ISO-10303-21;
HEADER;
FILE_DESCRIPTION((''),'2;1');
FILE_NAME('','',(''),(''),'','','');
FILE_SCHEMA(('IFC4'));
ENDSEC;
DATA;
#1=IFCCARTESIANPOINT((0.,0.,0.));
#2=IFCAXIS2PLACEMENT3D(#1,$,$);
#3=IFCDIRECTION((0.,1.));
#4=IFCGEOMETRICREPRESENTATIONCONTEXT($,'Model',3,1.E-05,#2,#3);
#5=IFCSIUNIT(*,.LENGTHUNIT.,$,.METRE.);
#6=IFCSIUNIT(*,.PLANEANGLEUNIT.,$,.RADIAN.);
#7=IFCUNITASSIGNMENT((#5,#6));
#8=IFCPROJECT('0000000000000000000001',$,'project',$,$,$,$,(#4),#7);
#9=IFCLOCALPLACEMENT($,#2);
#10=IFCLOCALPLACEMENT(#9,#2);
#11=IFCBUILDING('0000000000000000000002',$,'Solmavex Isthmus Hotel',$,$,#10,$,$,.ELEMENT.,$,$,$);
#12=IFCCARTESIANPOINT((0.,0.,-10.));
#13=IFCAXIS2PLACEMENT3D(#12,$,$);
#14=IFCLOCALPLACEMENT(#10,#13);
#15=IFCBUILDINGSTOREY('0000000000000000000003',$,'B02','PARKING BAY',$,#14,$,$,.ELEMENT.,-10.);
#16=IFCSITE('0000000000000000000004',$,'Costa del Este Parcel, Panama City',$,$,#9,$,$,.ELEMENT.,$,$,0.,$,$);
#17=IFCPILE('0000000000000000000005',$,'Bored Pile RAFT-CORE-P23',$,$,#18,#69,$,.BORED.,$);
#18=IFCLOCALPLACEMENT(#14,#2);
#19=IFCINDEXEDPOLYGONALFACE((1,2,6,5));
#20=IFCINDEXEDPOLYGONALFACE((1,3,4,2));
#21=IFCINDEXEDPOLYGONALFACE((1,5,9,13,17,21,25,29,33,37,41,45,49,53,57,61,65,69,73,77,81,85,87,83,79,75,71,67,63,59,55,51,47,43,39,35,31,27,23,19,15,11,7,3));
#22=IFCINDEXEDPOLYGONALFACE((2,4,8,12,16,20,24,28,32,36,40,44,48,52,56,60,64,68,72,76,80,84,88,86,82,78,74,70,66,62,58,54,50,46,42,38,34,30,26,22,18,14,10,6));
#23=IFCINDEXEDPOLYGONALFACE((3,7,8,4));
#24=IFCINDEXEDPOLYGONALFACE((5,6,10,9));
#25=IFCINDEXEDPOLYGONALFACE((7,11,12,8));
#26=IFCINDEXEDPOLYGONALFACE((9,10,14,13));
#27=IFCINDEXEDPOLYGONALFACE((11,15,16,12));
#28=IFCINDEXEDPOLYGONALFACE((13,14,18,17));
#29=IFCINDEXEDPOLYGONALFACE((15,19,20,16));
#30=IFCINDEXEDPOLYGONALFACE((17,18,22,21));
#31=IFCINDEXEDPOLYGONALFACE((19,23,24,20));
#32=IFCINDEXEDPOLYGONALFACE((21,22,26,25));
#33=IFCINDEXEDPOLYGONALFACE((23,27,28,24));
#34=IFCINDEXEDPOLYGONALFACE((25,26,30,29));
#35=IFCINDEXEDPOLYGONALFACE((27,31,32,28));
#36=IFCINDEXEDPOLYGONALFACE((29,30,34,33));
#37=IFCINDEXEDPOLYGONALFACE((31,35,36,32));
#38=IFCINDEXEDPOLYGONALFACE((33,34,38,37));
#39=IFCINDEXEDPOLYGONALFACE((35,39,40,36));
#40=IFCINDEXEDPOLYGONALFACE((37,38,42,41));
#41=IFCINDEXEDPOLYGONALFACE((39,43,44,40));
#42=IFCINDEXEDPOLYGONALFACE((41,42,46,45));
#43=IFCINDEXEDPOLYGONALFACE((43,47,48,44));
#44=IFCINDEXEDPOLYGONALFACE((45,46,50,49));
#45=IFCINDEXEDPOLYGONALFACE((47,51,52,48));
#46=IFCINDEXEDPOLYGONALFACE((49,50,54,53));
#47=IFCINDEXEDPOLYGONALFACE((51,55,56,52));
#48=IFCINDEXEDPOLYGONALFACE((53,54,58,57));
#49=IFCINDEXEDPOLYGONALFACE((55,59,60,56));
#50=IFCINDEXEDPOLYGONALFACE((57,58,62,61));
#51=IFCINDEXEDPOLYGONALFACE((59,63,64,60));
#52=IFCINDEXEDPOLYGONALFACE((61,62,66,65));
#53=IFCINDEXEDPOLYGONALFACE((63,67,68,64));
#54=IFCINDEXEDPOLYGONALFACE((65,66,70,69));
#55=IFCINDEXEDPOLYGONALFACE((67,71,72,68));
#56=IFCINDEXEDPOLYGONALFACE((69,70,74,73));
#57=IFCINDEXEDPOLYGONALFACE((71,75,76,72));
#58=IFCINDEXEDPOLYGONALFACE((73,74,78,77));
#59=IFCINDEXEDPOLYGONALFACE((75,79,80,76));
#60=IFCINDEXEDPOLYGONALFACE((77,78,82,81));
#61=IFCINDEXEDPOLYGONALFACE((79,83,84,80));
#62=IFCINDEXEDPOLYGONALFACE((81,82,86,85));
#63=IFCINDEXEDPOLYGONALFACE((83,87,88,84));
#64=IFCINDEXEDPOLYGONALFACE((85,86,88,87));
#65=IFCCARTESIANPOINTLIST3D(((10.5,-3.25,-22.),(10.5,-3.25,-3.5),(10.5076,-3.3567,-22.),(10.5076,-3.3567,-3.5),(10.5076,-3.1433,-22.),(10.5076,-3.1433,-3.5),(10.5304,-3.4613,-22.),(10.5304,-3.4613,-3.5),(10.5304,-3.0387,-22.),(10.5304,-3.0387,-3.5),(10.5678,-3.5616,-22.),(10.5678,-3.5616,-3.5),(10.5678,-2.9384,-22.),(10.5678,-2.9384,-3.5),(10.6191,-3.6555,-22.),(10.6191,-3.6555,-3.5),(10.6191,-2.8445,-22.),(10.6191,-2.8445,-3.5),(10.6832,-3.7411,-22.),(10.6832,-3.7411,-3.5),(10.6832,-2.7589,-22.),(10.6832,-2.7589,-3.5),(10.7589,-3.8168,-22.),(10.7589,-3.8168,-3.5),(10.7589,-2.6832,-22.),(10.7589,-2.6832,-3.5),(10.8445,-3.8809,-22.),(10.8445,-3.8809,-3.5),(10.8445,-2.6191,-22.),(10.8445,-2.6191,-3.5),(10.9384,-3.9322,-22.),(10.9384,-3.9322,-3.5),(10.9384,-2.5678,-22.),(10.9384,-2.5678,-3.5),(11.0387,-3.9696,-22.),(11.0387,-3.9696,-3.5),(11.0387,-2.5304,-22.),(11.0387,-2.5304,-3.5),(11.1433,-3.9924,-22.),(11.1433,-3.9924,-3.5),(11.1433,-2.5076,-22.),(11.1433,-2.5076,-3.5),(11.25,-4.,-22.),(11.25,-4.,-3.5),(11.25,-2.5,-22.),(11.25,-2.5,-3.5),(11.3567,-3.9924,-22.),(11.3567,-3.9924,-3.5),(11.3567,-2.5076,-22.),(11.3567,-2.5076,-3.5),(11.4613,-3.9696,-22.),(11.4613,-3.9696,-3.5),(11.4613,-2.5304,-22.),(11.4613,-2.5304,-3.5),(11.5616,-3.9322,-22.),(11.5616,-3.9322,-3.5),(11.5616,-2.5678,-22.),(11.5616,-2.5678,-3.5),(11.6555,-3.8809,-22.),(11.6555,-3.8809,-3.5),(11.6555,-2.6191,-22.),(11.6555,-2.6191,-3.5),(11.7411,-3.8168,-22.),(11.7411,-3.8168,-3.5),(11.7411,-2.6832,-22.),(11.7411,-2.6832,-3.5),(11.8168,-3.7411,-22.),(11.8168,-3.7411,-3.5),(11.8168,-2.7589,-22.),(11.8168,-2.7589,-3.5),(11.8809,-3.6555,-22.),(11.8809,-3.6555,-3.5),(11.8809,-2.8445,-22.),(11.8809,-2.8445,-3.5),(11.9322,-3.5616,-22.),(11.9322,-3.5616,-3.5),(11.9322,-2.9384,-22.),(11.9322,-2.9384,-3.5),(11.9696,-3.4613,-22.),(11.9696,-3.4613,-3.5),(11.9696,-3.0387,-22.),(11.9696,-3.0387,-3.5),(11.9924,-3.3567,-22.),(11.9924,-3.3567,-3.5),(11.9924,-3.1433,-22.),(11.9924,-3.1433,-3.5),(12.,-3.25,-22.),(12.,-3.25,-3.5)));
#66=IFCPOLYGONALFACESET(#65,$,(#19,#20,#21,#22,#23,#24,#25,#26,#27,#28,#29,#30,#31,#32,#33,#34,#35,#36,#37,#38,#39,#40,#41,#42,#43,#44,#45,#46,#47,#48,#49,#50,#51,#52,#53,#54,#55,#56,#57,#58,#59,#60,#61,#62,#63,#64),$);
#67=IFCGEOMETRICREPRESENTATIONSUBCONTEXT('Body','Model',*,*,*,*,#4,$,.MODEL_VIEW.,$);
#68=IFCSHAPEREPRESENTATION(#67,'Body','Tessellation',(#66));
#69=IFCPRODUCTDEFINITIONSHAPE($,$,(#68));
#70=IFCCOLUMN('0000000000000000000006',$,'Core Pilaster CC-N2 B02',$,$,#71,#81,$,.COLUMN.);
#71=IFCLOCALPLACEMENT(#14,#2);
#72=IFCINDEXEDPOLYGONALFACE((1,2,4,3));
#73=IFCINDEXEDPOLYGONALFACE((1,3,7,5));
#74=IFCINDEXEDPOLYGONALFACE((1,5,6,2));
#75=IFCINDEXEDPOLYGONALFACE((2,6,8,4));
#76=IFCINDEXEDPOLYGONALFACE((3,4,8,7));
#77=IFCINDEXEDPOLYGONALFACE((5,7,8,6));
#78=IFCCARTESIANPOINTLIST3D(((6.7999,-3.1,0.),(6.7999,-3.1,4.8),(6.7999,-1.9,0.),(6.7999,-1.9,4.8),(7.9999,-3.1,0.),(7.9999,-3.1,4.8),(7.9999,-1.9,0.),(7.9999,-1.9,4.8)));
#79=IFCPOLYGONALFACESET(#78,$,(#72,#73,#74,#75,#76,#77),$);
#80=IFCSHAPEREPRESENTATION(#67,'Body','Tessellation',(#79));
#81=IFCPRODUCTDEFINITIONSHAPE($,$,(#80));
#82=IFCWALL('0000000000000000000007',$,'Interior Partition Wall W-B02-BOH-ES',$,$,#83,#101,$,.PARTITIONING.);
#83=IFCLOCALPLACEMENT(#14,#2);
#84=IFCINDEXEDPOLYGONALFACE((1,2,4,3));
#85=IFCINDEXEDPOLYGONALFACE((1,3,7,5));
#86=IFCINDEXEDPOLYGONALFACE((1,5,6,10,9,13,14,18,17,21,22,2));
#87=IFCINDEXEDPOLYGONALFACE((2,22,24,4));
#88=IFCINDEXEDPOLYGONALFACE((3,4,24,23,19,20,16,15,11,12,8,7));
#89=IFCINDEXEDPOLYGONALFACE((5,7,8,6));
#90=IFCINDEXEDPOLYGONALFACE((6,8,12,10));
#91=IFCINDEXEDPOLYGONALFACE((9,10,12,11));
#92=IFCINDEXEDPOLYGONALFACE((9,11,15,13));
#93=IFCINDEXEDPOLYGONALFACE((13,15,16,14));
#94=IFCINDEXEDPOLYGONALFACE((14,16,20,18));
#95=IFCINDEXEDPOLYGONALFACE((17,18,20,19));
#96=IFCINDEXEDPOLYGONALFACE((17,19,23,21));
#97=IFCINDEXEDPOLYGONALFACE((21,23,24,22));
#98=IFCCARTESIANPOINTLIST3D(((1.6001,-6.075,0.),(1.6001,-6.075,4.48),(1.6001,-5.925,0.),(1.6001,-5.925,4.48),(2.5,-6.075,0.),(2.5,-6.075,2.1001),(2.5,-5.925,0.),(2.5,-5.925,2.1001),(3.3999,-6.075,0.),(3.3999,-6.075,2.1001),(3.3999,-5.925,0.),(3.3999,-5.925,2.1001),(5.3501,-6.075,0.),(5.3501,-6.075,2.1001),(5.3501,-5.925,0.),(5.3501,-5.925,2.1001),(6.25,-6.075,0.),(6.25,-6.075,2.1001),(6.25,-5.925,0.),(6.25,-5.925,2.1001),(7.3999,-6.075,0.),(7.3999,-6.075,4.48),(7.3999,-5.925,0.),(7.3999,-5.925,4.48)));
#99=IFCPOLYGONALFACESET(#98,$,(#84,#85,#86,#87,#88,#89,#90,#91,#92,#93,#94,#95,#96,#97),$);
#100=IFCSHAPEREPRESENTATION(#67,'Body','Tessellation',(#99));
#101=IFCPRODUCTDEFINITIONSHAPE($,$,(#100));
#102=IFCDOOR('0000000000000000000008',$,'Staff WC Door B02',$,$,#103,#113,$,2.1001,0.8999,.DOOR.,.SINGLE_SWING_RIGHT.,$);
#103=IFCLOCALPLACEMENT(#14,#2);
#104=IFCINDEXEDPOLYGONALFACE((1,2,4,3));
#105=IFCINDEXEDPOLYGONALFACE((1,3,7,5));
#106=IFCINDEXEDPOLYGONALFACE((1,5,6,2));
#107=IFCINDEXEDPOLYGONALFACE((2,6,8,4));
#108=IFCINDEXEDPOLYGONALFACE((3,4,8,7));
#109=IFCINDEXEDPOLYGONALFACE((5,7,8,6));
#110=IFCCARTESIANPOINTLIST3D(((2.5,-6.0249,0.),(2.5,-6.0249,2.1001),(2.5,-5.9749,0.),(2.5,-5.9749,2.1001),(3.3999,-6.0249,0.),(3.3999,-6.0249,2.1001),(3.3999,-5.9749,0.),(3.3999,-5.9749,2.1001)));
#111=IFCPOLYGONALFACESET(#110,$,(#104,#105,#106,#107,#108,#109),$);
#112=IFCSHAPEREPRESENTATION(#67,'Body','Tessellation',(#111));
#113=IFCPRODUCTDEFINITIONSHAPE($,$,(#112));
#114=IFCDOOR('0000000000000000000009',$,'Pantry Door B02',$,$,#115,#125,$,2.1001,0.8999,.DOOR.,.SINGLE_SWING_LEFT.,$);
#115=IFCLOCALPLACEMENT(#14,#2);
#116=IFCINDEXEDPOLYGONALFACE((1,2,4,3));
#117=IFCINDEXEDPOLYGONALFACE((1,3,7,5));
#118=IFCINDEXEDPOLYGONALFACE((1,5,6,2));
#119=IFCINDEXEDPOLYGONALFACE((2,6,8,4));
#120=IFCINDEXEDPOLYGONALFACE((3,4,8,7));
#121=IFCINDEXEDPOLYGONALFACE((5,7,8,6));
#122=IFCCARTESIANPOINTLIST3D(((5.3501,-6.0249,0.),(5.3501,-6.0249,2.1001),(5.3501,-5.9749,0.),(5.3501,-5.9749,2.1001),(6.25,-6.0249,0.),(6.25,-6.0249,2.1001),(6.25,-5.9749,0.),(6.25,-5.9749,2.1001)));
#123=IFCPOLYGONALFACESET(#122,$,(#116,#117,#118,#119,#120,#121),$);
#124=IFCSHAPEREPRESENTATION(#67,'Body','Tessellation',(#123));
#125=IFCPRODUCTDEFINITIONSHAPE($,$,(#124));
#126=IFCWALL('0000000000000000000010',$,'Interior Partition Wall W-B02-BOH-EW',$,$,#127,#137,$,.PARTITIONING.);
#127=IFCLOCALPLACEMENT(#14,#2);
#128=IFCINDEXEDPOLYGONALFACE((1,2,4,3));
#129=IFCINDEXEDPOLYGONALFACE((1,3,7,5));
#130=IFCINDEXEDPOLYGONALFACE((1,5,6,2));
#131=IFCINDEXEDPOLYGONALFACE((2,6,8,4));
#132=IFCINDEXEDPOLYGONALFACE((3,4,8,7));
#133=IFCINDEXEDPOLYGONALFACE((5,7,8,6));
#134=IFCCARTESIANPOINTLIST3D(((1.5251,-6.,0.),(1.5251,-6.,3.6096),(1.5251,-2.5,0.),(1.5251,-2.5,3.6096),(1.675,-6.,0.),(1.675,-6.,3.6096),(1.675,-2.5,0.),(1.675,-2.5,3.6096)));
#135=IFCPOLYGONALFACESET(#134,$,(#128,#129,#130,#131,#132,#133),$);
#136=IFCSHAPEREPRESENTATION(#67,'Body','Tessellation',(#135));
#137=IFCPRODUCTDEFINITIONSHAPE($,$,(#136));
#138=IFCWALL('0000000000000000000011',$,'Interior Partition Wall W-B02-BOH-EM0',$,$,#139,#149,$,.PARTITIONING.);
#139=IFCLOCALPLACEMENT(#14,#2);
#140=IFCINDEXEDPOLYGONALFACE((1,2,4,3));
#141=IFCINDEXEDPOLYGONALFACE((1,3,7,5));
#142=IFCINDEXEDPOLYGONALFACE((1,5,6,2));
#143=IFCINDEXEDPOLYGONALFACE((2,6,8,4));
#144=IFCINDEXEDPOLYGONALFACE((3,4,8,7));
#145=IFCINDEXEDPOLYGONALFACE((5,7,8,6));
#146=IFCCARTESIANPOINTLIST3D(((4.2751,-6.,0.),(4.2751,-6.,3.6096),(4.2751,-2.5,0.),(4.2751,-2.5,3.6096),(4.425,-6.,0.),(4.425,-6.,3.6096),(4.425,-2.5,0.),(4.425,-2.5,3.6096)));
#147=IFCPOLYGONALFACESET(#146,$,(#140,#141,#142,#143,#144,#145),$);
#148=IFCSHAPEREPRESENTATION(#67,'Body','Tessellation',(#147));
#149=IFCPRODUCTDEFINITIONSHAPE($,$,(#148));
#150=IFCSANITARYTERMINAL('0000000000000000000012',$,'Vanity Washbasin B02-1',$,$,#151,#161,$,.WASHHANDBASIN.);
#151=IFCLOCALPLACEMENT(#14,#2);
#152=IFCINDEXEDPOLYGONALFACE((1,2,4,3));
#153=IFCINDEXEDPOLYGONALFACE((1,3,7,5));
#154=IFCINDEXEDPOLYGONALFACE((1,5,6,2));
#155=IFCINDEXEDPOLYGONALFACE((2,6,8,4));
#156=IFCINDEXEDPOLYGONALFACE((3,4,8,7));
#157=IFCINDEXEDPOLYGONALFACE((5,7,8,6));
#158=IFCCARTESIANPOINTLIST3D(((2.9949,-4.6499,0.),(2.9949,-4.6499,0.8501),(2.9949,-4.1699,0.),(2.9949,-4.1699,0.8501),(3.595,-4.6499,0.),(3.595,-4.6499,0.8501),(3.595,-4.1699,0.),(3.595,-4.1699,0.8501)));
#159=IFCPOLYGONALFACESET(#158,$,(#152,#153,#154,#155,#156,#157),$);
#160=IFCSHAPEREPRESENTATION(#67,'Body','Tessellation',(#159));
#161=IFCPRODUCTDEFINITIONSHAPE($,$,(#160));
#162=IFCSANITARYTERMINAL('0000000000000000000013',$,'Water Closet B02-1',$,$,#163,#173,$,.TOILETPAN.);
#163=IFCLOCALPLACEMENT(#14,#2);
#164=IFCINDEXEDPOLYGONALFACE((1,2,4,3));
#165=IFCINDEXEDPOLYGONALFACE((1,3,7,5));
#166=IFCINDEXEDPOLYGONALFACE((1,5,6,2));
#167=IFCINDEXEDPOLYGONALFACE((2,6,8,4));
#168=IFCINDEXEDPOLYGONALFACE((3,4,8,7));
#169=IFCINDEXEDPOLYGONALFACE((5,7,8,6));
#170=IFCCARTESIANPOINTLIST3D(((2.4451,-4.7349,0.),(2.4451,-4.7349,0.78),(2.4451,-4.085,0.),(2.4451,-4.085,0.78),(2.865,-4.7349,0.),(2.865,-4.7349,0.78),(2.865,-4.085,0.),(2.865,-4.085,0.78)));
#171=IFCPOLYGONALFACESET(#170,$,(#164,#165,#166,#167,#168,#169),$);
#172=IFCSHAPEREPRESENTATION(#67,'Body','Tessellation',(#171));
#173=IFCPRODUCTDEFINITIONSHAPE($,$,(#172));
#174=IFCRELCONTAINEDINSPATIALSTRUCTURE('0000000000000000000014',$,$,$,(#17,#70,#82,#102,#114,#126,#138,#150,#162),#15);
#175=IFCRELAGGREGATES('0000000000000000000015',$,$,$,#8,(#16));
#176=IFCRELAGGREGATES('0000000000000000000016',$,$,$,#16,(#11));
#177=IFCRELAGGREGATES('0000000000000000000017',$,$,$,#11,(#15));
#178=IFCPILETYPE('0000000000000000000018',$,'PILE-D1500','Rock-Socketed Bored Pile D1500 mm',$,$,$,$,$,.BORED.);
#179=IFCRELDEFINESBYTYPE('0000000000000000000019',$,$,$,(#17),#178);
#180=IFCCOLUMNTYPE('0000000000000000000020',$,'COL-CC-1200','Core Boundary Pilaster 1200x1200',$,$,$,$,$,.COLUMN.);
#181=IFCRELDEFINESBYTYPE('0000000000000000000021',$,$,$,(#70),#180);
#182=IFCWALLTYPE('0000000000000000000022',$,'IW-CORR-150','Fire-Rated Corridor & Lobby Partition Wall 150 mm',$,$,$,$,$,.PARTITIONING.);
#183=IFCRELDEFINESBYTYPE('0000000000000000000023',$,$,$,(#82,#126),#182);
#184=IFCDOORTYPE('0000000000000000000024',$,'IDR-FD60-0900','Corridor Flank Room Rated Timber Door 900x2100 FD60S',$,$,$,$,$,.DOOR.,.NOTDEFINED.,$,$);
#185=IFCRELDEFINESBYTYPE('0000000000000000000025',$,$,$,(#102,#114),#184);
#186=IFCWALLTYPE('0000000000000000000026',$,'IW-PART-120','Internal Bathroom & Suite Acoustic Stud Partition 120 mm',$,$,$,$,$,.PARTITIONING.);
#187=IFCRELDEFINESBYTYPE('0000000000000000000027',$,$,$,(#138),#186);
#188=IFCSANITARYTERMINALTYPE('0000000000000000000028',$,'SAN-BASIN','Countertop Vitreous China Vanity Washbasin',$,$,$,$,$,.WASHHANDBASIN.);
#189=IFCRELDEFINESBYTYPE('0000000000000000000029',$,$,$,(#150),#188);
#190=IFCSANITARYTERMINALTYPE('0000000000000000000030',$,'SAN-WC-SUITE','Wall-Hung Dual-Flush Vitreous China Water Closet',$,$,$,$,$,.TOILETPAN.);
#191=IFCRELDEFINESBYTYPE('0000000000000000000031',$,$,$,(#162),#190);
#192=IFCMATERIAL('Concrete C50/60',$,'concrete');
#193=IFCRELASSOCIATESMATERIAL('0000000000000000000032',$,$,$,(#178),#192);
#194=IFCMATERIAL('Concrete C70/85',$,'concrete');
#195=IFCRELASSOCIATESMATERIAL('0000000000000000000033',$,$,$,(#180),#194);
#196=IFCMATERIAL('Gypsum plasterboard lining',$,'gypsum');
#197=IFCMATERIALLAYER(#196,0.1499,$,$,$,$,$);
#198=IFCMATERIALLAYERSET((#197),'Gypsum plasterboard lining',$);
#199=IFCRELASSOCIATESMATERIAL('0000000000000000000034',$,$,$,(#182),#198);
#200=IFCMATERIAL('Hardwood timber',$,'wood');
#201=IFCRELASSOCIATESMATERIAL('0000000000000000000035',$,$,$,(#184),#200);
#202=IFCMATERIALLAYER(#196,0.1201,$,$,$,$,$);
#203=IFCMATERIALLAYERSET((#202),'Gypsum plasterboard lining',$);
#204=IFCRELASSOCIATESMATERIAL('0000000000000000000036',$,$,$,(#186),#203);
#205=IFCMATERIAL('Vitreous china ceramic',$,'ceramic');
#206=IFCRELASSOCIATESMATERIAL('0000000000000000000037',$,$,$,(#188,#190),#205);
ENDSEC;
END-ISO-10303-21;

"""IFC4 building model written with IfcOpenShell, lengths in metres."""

from ifc_helpers import new_model, si_unit, direction, frame, frame_2d, origin, origin_2d, place, context, subcontext, project, spatial, rectangle, circle, extrude, material, layer, layer_set, material_profile, profile_set, type_object, element, fill, save


model = new_model("IFC4")

# Units and contexts
model_context = context("Model", 3, precision=1e-05, world=origin(), true_north=direction((0.0, 1.0)))
body_context = subcontext(model_context, "Body", "Model", "MODEL_VIEW")
ifc_project = project(units=[si_unit("LENGTHUNIT", "METRE"), si_unit("PLANEANGLEUNIT", "RADIAN")], contexts=[model_context])

# Site, building, storey
site_placement = place(None, origin())
site = spatial("IfcSite", under=ifc_project, at=site_placement, Name="Costa del Este Parcel, Panama City", CompositionType="ELEMENT", RefElevation=0.0)
building_placement = place(site_placement, origin())
building = spatial("IfcBuilding", under=site, at=building_placement, Name="Solmavex Isthmus Hotel", CompositionType="ELEMENT")
storey_placement = place(building_placement, frame((0.0, 0.0, -10.0)))
storey = spatial("IfcBuildingStorey", under=building, at=storey_placement, Name="B02", Description="PARKING BAY", CompositionType="ELEMENT", Elevation=-10.0)

# Shared definitions
ifc_material_1 = material(Name="Concrete C50/60", Category="concrete")

# Pile
ifc_material_profile_1 = material_profile(ifc_material_1, circle(Radius=0.75, at=origin_2d()), Name="PILE1500")
ifc_profile_set_1 = profile_set([ifc_material_profile_1], Name="Concrete C50/60")
pile_type = type_object("IfcPileType", Name="PILE-D1500", Description="Rock-Socketed Bored Pile D1500 mm", PredefinedType="BORED", material=ifc_profile_set_1)
for number, where, z_axis, x_axis, name in (
    (1, (11.25, -3.25, -3.5), (0.0, 0.0, -1.0), (1.0, 0.0, 0.0), "Bored Pile RAFT-CORE-P23"),
):
    element("IfcPile", number, at=place(storey_placement, frame(where, z_axis=z_axis, x_axis=x_axis)), inside=storey, type_object=pile_type, Name=name, PredefinedType="BORED", context=body_context, shape_type="SweptSolid", body=[
        extrude(circle(Radius=0.75, at=origin_2d()), origin(), (0.0, 0.0, 1.0), 18.5),
    ])

# Column
ifc_material_2 = material(Name="Concrete C70/85", Category="concrete")
ifc_material_profile_2 = material_profile(ifc_material_2, rectangle(XDim=1.2, YDim=1.2, at=origin_2d()), Name="RC1200X1200")
ifc_profile_set_2 = profile_set([ifc_material_profile_2], Name="Concrete C70/85")
column_type = type_object("IfcColumnType", Name="COL-CC-1200", Description="Core Boundary Pilaster 1200x1200", PredefinedType="COLUMN", material=ifc_profile_set_2)
column_placement = place(storey_placement, frame((7.3999, -2.5, 0.0), z_axis=(0.0, 0.0, 1.0), x_axis=(1.0, 0.0, 0.0)))
element("IfcColumn", 2, at=column_placement, inside=storey, type_object=column_type, Name="Core Pilaster CC-N2 B02", PredefinedType="COLUMN", context=body_context, shape_type="SweptSolid", body=[
    extrude(rectangle(XDim=1.2, YDim=1.2, at=origin_2d()), origin(), (0.0, 0.0, 1.0), 4.8),
])

# Wall, openings, doors
ifc_material_3 = material(Name="Gypsum plasterboard lining", Category="gypsum")
ifc_layer_1 = layer(ifc_material_3, 0.1499)
ifc_layer_set_1 = layer_set([ifc_layer_1], Name="Gypsum plasterboard lining")
wall_type_1 = type_object("IfcWallType", Name="IW-CORR-150", Description="Fire-Rated Corridor & Lobby Partition Wall 150 mm", PredefinedType="PARTITIONING", material=ifc_layer_set_1)
wall_1_placement = place(storey_placement, frame((1.6001, -6.0, 0.0), z_axis=(0.0, 0.0, 1.0), x_axis=(1.0, 0.0, 0.0)))
wall_1 = element("IfcWall", 3, at=wall_1_placement, inside=storey, type_object=wall_type_1, Name="Interior Partition Wall W-B02-BOH-ES", PredefinedType="PARTITIONING", context=body_context, shape_type="SweptSolid", body=[
    extrude(rectangle(XDim=5.7998, YDim=0.1499, at=frame_2d((2.8999, 0.0))), origin(), (0.0, 0.0, 1.0), 4.48),
])
opening_1_placement = place(wall_1_placement, frame((0.8999, 0.0, 0.0)))
opening_1 = element("IfcOpeningElement", 4, at=opening_1_placement, cuts=wall_1, PredefinedType="OPENING", context=body_context, shape_type="SweptSolid", body=[
    extrude(rectangle(XDim=0.8999, YDim=2.1001, at=frame_2d((0.45, 1.05))), frame((0.0, 0.085, 0.0), z_axis=(0.0, -1.0, 0.0), x_axis=(1.0, 0.0, 0.0)), (0.0, 0.0, 1.0), 0.1699),
])
opening_2_placement = place(wall_1_placement, frame((3.75, 0.0, 0.0)))
opening_2 = element("IfcOpeningElement", 5, at=opening_2_placement, cuts=wall_1, PredefinedType="OPENING", context=body_context, shape_type="SweptSolid", body=[
    extrude(rectangle(XDim=0.8999, YDim=2.1001, at=frame_2d((0.45, 1.05))), frame((0.0, 0.085, 0.0), z_axis=(0.0, -1.0, 0.0), x_axis=(1.0, 0.0, 0.0)), (0.0, 0.0, 1.0), 0.1699),
])
ifc_material_4 = material(Name="Hardwood timber", Category="wood")
door_type = type_object("IfcDoorType", Name="IDR-FD60-0900", Description="Corridor Flank Room Rated Timber Door 900x2100 FD60S", OperationType="NOTDEFINED", PredefinedType="DOOR", material=ifc_material_4)
door_1_placement = place(opening_1_placement, frame((0.8999, 0.0, 0.0), z_axis=(0.0, 0.0, 1.0), x_axis=(-1.0, 0.0, 0.0)))
door_1 = element("IfcDoor", 6, at=door_1_placement, inside=storey, type_object=door_type, Name="Staff WC Door B02", OperationType="SINGLE_SWING_RIGHT", OverallHeight=2.1001, OverallWidth=0.8999, PredefinedType="DOOR", context=body_context, shape_type="SweptSolid", body=[
    extrude(rectangle(XDim=0.8999, YDim=2.1001, at=frame_2d((0.45, 1.05))), frame((0.0, 0.0249, 0.0), z_axis=(0.0, -1.0, 0.0), x_axis=(1.0, 0.0, 0.0)), (0.0, 0.0, 1.0), 0.05),
])
fill(opening_1, door_1)
door_2_placement = place(opening_2_placement, frame((0.8999, 0.0, 0.0), z_axis=(0.0, 0.0, 1.0), x_axis=(-1.0, 0.0, 0.0)))
door_2 = element("IfcDoor", 7, at=door_2_placement, inside=storey, type_object=door_type, Name="Pantry Door B02", OperationType="SINGLE_SWING_LEFT", OverallHeight=2.1001, OverallWidth=0.8999, PredefinedType="DOOR", context=body_context, shape_type="SweptSolid", body=[
    extrude(rectangle(XDim=0.8999, YDim=2.1001, at=frame_2d((0.45, 1.05))), frame((0.0, 0.0249, 0.0), z_axis=(0.0, -1.0, 0.0), x_axis=(1.0, 0.0, 0.0)), (0.0, 0.0, 1.0), 0.05),
])
fill(opening_2, door_2)

# Walls
wall_2_placement = place(storey_placement, frame((1.6001, -6.0, 0.0), z_axis=(0.0, 0.0, 1.0), x_axis=(0.0, 1.0, 0.0)))
element("IfcWall", 8, at=wall_2_placement, inside=storey, type_object=wall_type_1, Name="Interior Partition Wall W-B02-BOH-EW", PredefinedType="PARTITIONING", context=body_context, shape_type="SweptSolid", body=[
    extrude(rectangle(XDim=3.5, YDim=0.1499, at=frame_2d((1.75, 0.0))), origin(), (0.0, 0.0, 1.0), 3.6096),
])
ifc_layer_2 = layer(ifc_material_3, 0.1201)
ifc_layer_set_2 = layer_set([ifc_layer_2], Name="Gypsum plasterboard lining")
wall_type_2 = type_object("IfcWallType", Name="IW-PART-120", Description="Internal Bathroom & Suite Acoustic Stud Partition 120 mm", PredefinedType="PARTITIONING", material=ifc_layer_set_2)
wall_3_placement = place(storey_placement, frame((4.3501, -6.0, 0.0), z_axis=(0.0, 0.0, 1.0), x_axis=(0.0, 1.0, 0.0)))
element("IfcWall", 9, at=wall_3_placement, inside=storey, type_object=wall_type_2, Name="Interior Partition Wall W-B02-BOH-EM0", PredefinedType="PARTITIONING", context=body_context, shape_type="SweptSolid", body=[
    extrude(rectangle(XDim=3.5, YDim=0.1499, at=frame_2d((1.75, 0.0))), origin(), (0.0, 0.0, 1.0), 3.6096),
])

# Sanitary terminals
ifc_material_5 = material(Name="Vitreous china ceramic", Category="ceramic")
sanitary_terminal_type_1 = type_object("IfcSanitaryTerminalType", Name="SAN-BASIN", Description="Countertop Vitreous China Vanity Washbasin", PredefinedType="WASHHANDBASIN", material=ifc_material_5)
sanitary_terminal_1_placement = place(storey_placement, frame((3.2949, -4.4099, 0.0), z_axis=(0.0, 0.0, 1.0), x_axis=(1.0, 0.0, 0.0)))
element("IfcSanitaryTerminal", 10, at=sanitary_terminal_1_placement, inside=storey, type_object=sanitary_terminal_type_1, Name="Vanity Washbasin B02-1", PredefinedType="WASHHANDBASIN", context=body_context, shape_type="SweptSolid", body=[
    extrude(rectangle(XDim=0.6001, YDim=0.48, at=origin_2d()), origin(), (0.0, 0.0, 1.0), 0.8501),
])
sanitary_terminal_type_2 = type_object("IfcSanitaryTerminalType", Name="SAN-WC-SUITE", Description="Wall-Hung Dual-Flush Vitreous China Water Closet", PredefinedType="TOILETPAN", material=ifc_material_5)
sanitary_terminal_2_placement = place(storey_placement, frame((2.655, -4.4099, 0.0), z_axis=(0.0, 0.0, 1.0), x_axis=(1.0, 0.0, 0.0)))
element("IfcSanitaryTerminal", 11, at=sanitary_terminal_2_placement, inside=storey, type_object=sanitary_terminal_type_2, Name="Water Closet B02-1", PredefinedType="TOILETPAN", context=body_context, shape_type="SweptSolid", body=[
    extrude(rectangle(XDim=0.4199, YDim=0.6499, at=origin_2d()), origin(), (0.0, 0.0, 1.0), 0.78),
])

save(model, "model.ifc")
